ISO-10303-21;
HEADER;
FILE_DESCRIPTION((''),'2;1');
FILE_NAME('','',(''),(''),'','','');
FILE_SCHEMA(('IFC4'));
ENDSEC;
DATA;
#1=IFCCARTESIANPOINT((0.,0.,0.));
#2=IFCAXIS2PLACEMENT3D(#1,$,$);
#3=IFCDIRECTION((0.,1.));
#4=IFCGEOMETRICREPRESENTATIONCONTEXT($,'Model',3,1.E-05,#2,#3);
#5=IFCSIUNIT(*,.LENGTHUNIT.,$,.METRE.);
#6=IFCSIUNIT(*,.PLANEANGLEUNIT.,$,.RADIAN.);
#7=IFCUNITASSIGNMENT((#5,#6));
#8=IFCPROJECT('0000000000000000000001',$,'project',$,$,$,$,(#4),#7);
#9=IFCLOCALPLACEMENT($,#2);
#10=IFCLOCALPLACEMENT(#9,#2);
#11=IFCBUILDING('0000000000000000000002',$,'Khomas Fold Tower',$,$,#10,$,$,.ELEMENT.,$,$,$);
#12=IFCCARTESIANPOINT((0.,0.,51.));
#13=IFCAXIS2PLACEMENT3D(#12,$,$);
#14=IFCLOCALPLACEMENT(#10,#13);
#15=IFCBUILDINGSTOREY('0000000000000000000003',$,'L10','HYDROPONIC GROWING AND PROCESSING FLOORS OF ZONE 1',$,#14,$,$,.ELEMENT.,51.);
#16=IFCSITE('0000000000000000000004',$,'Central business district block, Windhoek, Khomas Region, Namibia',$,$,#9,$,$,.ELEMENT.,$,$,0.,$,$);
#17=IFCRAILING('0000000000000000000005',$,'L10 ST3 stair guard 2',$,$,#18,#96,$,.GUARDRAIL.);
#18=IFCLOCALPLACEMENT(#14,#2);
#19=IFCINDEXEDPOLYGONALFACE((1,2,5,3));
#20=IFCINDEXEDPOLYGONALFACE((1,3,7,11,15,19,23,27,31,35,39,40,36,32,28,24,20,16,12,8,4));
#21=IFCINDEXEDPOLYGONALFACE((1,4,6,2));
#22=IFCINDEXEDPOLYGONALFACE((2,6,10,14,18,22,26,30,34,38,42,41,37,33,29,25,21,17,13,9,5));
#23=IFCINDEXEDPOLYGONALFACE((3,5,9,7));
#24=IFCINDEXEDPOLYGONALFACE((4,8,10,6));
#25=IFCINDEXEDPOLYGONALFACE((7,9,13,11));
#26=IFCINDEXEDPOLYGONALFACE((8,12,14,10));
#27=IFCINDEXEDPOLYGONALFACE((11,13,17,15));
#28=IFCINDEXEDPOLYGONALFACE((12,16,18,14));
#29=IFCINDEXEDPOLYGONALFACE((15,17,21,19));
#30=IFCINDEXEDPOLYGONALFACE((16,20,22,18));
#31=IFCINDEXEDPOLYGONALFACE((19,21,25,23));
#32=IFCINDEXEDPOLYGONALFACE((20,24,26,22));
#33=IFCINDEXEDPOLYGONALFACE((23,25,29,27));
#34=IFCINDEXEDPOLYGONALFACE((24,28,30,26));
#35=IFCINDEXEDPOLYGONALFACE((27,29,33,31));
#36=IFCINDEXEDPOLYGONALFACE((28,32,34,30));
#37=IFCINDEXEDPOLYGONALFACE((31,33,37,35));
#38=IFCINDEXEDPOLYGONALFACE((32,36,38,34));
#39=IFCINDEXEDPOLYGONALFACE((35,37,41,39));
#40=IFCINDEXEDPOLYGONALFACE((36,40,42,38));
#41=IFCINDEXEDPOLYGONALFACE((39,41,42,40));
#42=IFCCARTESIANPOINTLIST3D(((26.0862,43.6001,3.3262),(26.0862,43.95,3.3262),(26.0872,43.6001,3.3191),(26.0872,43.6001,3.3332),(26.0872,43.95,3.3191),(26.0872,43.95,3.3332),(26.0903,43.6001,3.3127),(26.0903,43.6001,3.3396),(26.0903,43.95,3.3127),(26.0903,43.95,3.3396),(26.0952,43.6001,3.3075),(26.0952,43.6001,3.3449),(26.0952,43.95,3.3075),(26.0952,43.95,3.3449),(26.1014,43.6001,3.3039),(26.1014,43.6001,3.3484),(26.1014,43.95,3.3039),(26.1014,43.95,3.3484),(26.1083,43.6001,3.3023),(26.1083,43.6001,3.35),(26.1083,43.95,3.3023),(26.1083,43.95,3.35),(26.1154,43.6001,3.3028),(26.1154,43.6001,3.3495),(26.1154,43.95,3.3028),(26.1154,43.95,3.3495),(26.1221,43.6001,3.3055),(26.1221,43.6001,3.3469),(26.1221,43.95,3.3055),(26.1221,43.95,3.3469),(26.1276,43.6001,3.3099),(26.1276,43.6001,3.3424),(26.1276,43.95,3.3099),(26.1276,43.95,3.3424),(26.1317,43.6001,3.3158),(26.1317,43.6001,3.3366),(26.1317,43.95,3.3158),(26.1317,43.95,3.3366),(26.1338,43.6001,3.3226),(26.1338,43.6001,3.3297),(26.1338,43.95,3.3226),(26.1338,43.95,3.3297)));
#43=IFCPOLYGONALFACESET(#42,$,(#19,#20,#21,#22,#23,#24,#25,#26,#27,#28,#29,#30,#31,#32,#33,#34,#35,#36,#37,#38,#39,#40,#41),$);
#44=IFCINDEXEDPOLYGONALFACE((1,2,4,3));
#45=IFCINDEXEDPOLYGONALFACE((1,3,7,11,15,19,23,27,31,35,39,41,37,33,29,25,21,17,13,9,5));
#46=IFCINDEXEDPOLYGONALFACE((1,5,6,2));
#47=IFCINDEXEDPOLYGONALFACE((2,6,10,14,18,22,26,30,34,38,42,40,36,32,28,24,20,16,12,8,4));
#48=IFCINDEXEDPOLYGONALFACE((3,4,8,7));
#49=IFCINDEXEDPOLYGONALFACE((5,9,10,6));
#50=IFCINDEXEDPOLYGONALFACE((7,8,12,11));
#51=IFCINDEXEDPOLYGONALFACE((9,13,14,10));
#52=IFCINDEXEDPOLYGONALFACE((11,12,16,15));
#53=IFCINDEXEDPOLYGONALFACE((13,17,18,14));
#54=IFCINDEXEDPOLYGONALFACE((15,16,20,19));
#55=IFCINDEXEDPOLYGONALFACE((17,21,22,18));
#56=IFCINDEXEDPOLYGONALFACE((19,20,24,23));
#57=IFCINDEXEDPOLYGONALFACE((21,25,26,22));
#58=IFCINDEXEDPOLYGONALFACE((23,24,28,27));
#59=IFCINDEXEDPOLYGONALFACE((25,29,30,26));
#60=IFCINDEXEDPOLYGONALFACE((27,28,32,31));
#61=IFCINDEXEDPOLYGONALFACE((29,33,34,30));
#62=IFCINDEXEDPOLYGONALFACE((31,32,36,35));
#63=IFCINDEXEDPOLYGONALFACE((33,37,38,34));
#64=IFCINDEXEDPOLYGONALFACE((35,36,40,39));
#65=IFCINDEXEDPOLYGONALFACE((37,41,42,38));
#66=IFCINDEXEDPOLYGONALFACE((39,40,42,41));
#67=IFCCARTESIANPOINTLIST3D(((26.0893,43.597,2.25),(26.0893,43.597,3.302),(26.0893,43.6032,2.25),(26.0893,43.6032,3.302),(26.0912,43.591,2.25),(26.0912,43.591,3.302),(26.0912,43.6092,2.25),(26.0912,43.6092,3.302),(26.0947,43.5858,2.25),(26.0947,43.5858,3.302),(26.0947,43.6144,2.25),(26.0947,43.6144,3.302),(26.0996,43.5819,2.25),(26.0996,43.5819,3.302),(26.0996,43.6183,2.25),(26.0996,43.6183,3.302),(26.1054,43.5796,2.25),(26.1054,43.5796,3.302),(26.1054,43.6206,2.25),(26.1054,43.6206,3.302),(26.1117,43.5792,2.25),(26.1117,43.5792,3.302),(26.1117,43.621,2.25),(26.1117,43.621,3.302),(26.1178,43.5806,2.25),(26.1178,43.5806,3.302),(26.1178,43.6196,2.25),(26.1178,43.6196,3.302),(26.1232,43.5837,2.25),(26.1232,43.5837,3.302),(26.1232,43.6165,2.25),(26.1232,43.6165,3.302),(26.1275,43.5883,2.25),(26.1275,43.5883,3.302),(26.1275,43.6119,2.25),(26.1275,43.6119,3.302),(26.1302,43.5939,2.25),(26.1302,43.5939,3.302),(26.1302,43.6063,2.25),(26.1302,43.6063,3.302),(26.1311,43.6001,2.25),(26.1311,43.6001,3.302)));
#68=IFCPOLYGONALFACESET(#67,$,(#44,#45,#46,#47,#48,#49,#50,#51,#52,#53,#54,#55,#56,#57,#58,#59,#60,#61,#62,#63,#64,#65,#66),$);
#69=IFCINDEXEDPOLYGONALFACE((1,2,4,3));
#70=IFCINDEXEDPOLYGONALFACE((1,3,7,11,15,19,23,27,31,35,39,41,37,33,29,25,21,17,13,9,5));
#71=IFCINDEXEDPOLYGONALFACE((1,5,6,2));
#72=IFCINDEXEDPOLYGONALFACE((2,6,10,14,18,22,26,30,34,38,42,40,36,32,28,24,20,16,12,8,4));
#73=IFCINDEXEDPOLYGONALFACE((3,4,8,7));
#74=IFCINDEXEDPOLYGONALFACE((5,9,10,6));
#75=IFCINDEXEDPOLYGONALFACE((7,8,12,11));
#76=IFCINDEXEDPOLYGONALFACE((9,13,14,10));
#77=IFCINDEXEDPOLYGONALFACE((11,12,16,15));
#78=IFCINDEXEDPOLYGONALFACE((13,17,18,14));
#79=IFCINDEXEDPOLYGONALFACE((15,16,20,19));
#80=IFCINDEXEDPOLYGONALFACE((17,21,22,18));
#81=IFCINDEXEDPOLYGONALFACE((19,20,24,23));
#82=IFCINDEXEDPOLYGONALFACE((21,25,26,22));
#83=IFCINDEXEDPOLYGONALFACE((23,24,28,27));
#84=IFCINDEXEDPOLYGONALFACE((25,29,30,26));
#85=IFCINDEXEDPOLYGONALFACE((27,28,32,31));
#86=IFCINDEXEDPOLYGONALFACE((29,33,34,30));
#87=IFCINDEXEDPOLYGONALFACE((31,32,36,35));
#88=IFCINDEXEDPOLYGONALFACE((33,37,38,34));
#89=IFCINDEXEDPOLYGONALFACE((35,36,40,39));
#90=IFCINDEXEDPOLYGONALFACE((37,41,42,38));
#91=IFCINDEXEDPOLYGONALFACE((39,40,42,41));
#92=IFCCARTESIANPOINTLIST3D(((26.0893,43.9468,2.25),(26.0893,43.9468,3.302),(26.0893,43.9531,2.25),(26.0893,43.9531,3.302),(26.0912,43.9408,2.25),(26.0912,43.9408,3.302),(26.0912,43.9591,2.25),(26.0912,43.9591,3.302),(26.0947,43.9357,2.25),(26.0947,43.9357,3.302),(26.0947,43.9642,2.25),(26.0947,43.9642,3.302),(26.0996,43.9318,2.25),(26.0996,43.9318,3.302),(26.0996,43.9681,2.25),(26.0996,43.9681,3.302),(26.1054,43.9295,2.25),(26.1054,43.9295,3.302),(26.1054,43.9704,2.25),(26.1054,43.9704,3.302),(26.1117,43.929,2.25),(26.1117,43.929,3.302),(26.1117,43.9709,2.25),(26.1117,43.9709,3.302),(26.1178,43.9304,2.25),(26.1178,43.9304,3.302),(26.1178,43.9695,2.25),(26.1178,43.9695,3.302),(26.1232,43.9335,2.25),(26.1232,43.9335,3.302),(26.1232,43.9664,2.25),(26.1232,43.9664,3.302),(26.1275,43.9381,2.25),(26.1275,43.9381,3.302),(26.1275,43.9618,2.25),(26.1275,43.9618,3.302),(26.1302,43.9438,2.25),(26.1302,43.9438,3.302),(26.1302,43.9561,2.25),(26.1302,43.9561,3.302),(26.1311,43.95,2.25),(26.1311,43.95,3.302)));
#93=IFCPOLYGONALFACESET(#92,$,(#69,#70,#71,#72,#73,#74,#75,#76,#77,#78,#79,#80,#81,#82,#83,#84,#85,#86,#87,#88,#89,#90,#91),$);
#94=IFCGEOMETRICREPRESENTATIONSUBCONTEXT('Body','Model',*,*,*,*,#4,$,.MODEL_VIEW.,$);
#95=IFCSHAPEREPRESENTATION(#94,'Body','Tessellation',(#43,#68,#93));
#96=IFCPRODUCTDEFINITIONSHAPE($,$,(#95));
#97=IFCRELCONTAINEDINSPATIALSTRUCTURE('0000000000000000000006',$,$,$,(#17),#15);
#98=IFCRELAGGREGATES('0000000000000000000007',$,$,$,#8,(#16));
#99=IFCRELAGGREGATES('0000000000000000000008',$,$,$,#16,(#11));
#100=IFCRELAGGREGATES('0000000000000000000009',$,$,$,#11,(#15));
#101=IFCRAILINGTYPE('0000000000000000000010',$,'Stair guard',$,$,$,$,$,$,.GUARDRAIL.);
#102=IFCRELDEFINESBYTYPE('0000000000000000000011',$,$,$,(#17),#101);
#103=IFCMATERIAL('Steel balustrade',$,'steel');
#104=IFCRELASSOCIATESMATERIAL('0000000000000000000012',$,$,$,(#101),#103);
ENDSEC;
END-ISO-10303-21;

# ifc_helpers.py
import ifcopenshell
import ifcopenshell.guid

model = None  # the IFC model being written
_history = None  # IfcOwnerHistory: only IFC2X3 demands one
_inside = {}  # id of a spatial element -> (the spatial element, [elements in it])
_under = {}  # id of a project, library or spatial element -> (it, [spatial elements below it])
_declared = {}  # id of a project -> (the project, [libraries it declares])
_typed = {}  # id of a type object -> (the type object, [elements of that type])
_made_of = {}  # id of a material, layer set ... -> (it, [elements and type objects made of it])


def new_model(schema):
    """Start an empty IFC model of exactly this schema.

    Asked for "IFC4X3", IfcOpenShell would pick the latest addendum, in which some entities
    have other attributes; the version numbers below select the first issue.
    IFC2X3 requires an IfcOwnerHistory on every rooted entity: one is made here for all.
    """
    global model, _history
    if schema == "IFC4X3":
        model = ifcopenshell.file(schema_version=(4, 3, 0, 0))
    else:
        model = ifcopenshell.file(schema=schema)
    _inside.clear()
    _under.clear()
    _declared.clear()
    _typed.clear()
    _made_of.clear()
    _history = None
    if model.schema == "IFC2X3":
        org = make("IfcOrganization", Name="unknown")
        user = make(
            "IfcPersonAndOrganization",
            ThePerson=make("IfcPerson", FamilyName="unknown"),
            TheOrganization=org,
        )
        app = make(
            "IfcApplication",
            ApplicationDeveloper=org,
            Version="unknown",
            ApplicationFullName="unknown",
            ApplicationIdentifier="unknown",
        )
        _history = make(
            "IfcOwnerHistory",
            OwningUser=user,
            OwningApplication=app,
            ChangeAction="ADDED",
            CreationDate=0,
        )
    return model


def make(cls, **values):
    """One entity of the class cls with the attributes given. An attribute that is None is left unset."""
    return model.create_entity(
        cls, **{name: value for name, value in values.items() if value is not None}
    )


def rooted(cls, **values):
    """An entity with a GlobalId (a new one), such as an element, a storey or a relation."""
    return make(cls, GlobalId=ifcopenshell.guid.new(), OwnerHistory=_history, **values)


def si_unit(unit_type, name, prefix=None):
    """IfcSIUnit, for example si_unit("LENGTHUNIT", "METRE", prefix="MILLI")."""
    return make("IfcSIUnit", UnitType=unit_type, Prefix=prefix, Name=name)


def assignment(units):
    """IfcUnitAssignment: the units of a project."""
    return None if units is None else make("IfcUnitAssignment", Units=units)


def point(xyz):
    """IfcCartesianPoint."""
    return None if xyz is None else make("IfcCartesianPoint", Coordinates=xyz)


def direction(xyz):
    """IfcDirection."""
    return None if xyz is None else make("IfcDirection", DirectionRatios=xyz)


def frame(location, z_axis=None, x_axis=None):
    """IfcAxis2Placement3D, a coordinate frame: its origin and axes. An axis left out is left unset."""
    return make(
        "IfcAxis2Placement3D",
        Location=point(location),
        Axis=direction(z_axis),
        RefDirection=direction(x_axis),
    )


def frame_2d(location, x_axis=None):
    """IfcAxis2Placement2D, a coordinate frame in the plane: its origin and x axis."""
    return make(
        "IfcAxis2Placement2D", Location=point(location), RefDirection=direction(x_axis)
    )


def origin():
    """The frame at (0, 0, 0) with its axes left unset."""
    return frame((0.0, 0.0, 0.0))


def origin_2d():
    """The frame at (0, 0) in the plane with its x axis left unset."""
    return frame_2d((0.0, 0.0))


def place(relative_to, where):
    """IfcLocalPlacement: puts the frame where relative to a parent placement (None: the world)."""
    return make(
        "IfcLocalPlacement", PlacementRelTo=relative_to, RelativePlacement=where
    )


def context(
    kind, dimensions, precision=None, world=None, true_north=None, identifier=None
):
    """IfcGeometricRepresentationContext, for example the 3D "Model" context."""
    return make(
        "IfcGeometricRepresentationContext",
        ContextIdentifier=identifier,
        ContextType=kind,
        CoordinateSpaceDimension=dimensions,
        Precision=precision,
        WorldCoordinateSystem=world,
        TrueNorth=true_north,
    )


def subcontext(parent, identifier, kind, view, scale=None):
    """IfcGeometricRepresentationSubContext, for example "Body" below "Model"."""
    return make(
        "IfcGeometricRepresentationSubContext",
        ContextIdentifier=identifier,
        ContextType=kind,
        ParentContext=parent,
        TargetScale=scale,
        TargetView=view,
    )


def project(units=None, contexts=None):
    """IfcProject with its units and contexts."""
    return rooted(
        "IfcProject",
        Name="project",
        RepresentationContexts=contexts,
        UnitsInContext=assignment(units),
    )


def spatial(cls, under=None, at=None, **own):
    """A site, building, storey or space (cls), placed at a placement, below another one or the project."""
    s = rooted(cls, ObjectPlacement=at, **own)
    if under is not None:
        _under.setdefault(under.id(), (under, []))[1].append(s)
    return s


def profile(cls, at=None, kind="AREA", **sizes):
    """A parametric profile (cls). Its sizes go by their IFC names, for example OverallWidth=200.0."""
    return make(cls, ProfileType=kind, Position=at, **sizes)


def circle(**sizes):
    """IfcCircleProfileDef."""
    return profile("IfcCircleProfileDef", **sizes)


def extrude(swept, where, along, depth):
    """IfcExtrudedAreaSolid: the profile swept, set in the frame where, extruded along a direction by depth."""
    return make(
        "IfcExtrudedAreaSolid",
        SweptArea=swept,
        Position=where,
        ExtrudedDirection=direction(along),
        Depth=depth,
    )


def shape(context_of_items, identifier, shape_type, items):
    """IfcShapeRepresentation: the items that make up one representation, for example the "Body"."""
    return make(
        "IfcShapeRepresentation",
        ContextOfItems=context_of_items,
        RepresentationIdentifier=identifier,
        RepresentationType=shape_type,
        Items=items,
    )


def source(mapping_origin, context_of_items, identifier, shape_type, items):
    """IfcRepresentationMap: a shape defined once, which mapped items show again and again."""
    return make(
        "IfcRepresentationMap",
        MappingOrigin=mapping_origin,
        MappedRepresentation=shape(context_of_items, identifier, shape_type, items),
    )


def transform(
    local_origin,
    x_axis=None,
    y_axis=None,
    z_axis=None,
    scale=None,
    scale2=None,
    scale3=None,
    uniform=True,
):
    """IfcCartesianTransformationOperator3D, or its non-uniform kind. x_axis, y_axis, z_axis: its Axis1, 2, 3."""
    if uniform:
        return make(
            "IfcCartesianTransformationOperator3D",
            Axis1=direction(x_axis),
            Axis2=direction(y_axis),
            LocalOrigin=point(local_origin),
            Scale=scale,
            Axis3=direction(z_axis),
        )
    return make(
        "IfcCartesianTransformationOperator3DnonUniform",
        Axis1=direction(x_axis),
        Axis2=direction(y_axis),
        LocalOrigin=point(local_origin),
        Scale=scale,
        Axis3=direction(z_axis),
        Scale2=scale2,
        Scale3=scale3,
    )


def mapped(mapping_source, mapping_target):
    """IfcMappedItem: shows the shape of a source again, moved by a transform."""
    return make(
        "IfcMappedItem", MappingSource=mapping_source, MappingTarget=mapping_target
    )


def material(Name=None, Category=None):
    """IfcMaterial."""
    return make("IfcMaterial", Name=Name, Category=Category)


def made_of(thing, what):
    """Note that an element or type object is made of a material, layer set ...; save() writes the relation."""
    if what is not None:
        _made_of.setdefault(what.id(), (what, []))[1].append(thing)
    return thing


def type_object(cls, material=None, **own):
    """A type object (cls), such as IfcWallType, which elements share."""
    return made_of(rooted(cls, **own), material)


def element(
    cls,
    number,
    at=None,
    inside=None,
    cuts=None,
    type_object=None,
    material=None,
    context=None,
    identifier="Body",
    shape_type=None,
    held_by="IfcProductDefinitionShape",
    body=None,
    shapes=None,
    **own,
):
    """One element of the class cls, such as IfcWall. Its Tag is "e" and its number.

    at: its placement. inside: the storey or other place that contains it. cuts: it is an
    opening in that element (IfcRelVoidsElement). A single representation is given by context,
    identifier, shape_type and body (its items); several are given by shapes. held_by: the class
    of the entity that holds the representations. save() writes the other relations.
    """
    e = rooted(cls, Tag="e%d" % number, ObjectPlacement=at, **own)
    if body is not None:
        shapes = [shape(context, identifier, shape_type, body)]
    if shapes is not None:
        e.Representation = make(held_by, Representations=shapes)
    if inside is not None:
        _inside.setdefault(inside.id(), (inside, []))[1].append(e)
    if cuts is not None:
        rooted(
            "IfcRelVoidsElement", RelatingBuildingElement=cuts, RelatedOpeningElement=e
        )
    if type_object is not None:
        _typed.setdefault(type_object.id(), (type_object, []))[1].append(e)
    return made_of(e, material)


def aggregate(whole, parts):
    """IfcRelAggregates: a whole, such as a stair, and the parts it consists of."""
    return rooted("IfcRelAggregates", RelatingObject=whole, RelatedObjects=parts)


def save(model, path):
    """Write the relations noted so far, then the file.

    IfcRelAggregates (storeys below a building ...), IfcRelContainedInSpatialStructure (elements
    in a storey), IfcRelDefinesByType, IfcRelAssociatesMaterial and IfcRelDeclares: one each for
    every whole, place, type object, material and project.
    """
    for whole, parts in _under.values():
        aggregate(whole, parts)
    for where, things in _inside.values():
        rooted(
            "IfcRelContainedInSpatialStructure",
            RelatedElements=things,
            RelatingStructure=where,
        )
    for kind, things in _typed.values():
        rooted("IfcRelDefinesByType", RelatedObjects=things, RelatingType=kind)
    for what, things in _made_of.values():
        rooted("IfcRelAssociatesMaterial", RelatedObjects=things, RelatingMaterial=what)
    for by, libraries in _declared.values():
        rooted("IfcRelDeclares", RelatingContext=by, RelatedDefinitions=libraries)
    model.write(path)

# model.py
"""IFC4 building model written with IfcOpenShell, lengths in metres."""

from ifc_helpers import new_model, si_unit, direction, frame, origin, origin_2d, place, context, subcontext, project, spatial, circle, extrude, source, transform, mapped, material, type_object, element, save


model = new_model("IFC4")

# Units and contexts
model_context = context("Model", 3, precision=1e-05, world=origin(), true_north=direction((0.0, 1.0)))
body_context = subcontext(model_context, "Body", "Model", "MODEL_VIEW")
ifc_project = project(units=[si_unit("LENGTHUNIT", "METRE"), si_unit("PLANEANGLEUNIT", "RADIAN")], contexts=[model_context])

# Site, building, storey
site_placement = place(None, origin())
site = spatial("IfcSite", under=ifc_project, at=site_placement, Name="Central business district block, Windhoek, Khomas Region, Namibia", CompositionType="ELEMENT", RefElevation=0.0)
building_placement = place(site_placement, origin())
building = spatial("IfcBuilding", under=site, at=building_placement, Name="Khomas Fold Tower", CompositionType="ELEMENT")
storey_placement = place(building_placement, frame((0.0, 0.0, 51.0)))
storey = spatial("IfcBuildingStorey", under=building, at=storey_placement, Name="L10", Description="HYDROPONIC GROWING AND PROCESSING FLOORS OF ZONE 1", CompositionType="ELEMENT", Elevation=51.0)

# Railing
ifc_material_1 = material(Name="Steel balustrade", Category="steel")
railing_type_1 = type_object("IfcRailingType", Name="Stair guard", PredefinedType="GUARDRAIL", material=ifc_material_1)
shared_shape_1 = source(origin(), body_context, "Body", "SweptSolid", [
    extrude(circle(Radius=0.0239, at=origin_2d()), frame((0.0, 0.0, 1.0762), z_axis=(0.0, 1.0, 0.0), x_axis=(-1.0, 0.0, 0.0)), (0.0, 0.0, 1.0), 0.3499),
    extrude(circle(Radius=0.021, at=origin_2d()), origin(), (0.0, 0.0, 1.0), 1.052),
    extrude(circle(Radius=0.021, at=origin_2d()), frame((0.0, 0.3499, 0.0)), (0.0, 0.0, 1.0), 1.052),
])
railing_1_placement = place(storey_placement, frame((26.1101, 43.6001, 2.25)))
element("IfcRailing", 1, at=railing_1_placement, inside=storey, type_object=railing_type_1, Name="L10 ST3 stair guard 2", PredefinedType="GUARDRAIL", context=body_context, shape_type="MappedRepresentation", body=[
    mapped(shared_shape_1, transform((0.0, 0.0, 0.0))),
])

save(model, "model.ifc")
